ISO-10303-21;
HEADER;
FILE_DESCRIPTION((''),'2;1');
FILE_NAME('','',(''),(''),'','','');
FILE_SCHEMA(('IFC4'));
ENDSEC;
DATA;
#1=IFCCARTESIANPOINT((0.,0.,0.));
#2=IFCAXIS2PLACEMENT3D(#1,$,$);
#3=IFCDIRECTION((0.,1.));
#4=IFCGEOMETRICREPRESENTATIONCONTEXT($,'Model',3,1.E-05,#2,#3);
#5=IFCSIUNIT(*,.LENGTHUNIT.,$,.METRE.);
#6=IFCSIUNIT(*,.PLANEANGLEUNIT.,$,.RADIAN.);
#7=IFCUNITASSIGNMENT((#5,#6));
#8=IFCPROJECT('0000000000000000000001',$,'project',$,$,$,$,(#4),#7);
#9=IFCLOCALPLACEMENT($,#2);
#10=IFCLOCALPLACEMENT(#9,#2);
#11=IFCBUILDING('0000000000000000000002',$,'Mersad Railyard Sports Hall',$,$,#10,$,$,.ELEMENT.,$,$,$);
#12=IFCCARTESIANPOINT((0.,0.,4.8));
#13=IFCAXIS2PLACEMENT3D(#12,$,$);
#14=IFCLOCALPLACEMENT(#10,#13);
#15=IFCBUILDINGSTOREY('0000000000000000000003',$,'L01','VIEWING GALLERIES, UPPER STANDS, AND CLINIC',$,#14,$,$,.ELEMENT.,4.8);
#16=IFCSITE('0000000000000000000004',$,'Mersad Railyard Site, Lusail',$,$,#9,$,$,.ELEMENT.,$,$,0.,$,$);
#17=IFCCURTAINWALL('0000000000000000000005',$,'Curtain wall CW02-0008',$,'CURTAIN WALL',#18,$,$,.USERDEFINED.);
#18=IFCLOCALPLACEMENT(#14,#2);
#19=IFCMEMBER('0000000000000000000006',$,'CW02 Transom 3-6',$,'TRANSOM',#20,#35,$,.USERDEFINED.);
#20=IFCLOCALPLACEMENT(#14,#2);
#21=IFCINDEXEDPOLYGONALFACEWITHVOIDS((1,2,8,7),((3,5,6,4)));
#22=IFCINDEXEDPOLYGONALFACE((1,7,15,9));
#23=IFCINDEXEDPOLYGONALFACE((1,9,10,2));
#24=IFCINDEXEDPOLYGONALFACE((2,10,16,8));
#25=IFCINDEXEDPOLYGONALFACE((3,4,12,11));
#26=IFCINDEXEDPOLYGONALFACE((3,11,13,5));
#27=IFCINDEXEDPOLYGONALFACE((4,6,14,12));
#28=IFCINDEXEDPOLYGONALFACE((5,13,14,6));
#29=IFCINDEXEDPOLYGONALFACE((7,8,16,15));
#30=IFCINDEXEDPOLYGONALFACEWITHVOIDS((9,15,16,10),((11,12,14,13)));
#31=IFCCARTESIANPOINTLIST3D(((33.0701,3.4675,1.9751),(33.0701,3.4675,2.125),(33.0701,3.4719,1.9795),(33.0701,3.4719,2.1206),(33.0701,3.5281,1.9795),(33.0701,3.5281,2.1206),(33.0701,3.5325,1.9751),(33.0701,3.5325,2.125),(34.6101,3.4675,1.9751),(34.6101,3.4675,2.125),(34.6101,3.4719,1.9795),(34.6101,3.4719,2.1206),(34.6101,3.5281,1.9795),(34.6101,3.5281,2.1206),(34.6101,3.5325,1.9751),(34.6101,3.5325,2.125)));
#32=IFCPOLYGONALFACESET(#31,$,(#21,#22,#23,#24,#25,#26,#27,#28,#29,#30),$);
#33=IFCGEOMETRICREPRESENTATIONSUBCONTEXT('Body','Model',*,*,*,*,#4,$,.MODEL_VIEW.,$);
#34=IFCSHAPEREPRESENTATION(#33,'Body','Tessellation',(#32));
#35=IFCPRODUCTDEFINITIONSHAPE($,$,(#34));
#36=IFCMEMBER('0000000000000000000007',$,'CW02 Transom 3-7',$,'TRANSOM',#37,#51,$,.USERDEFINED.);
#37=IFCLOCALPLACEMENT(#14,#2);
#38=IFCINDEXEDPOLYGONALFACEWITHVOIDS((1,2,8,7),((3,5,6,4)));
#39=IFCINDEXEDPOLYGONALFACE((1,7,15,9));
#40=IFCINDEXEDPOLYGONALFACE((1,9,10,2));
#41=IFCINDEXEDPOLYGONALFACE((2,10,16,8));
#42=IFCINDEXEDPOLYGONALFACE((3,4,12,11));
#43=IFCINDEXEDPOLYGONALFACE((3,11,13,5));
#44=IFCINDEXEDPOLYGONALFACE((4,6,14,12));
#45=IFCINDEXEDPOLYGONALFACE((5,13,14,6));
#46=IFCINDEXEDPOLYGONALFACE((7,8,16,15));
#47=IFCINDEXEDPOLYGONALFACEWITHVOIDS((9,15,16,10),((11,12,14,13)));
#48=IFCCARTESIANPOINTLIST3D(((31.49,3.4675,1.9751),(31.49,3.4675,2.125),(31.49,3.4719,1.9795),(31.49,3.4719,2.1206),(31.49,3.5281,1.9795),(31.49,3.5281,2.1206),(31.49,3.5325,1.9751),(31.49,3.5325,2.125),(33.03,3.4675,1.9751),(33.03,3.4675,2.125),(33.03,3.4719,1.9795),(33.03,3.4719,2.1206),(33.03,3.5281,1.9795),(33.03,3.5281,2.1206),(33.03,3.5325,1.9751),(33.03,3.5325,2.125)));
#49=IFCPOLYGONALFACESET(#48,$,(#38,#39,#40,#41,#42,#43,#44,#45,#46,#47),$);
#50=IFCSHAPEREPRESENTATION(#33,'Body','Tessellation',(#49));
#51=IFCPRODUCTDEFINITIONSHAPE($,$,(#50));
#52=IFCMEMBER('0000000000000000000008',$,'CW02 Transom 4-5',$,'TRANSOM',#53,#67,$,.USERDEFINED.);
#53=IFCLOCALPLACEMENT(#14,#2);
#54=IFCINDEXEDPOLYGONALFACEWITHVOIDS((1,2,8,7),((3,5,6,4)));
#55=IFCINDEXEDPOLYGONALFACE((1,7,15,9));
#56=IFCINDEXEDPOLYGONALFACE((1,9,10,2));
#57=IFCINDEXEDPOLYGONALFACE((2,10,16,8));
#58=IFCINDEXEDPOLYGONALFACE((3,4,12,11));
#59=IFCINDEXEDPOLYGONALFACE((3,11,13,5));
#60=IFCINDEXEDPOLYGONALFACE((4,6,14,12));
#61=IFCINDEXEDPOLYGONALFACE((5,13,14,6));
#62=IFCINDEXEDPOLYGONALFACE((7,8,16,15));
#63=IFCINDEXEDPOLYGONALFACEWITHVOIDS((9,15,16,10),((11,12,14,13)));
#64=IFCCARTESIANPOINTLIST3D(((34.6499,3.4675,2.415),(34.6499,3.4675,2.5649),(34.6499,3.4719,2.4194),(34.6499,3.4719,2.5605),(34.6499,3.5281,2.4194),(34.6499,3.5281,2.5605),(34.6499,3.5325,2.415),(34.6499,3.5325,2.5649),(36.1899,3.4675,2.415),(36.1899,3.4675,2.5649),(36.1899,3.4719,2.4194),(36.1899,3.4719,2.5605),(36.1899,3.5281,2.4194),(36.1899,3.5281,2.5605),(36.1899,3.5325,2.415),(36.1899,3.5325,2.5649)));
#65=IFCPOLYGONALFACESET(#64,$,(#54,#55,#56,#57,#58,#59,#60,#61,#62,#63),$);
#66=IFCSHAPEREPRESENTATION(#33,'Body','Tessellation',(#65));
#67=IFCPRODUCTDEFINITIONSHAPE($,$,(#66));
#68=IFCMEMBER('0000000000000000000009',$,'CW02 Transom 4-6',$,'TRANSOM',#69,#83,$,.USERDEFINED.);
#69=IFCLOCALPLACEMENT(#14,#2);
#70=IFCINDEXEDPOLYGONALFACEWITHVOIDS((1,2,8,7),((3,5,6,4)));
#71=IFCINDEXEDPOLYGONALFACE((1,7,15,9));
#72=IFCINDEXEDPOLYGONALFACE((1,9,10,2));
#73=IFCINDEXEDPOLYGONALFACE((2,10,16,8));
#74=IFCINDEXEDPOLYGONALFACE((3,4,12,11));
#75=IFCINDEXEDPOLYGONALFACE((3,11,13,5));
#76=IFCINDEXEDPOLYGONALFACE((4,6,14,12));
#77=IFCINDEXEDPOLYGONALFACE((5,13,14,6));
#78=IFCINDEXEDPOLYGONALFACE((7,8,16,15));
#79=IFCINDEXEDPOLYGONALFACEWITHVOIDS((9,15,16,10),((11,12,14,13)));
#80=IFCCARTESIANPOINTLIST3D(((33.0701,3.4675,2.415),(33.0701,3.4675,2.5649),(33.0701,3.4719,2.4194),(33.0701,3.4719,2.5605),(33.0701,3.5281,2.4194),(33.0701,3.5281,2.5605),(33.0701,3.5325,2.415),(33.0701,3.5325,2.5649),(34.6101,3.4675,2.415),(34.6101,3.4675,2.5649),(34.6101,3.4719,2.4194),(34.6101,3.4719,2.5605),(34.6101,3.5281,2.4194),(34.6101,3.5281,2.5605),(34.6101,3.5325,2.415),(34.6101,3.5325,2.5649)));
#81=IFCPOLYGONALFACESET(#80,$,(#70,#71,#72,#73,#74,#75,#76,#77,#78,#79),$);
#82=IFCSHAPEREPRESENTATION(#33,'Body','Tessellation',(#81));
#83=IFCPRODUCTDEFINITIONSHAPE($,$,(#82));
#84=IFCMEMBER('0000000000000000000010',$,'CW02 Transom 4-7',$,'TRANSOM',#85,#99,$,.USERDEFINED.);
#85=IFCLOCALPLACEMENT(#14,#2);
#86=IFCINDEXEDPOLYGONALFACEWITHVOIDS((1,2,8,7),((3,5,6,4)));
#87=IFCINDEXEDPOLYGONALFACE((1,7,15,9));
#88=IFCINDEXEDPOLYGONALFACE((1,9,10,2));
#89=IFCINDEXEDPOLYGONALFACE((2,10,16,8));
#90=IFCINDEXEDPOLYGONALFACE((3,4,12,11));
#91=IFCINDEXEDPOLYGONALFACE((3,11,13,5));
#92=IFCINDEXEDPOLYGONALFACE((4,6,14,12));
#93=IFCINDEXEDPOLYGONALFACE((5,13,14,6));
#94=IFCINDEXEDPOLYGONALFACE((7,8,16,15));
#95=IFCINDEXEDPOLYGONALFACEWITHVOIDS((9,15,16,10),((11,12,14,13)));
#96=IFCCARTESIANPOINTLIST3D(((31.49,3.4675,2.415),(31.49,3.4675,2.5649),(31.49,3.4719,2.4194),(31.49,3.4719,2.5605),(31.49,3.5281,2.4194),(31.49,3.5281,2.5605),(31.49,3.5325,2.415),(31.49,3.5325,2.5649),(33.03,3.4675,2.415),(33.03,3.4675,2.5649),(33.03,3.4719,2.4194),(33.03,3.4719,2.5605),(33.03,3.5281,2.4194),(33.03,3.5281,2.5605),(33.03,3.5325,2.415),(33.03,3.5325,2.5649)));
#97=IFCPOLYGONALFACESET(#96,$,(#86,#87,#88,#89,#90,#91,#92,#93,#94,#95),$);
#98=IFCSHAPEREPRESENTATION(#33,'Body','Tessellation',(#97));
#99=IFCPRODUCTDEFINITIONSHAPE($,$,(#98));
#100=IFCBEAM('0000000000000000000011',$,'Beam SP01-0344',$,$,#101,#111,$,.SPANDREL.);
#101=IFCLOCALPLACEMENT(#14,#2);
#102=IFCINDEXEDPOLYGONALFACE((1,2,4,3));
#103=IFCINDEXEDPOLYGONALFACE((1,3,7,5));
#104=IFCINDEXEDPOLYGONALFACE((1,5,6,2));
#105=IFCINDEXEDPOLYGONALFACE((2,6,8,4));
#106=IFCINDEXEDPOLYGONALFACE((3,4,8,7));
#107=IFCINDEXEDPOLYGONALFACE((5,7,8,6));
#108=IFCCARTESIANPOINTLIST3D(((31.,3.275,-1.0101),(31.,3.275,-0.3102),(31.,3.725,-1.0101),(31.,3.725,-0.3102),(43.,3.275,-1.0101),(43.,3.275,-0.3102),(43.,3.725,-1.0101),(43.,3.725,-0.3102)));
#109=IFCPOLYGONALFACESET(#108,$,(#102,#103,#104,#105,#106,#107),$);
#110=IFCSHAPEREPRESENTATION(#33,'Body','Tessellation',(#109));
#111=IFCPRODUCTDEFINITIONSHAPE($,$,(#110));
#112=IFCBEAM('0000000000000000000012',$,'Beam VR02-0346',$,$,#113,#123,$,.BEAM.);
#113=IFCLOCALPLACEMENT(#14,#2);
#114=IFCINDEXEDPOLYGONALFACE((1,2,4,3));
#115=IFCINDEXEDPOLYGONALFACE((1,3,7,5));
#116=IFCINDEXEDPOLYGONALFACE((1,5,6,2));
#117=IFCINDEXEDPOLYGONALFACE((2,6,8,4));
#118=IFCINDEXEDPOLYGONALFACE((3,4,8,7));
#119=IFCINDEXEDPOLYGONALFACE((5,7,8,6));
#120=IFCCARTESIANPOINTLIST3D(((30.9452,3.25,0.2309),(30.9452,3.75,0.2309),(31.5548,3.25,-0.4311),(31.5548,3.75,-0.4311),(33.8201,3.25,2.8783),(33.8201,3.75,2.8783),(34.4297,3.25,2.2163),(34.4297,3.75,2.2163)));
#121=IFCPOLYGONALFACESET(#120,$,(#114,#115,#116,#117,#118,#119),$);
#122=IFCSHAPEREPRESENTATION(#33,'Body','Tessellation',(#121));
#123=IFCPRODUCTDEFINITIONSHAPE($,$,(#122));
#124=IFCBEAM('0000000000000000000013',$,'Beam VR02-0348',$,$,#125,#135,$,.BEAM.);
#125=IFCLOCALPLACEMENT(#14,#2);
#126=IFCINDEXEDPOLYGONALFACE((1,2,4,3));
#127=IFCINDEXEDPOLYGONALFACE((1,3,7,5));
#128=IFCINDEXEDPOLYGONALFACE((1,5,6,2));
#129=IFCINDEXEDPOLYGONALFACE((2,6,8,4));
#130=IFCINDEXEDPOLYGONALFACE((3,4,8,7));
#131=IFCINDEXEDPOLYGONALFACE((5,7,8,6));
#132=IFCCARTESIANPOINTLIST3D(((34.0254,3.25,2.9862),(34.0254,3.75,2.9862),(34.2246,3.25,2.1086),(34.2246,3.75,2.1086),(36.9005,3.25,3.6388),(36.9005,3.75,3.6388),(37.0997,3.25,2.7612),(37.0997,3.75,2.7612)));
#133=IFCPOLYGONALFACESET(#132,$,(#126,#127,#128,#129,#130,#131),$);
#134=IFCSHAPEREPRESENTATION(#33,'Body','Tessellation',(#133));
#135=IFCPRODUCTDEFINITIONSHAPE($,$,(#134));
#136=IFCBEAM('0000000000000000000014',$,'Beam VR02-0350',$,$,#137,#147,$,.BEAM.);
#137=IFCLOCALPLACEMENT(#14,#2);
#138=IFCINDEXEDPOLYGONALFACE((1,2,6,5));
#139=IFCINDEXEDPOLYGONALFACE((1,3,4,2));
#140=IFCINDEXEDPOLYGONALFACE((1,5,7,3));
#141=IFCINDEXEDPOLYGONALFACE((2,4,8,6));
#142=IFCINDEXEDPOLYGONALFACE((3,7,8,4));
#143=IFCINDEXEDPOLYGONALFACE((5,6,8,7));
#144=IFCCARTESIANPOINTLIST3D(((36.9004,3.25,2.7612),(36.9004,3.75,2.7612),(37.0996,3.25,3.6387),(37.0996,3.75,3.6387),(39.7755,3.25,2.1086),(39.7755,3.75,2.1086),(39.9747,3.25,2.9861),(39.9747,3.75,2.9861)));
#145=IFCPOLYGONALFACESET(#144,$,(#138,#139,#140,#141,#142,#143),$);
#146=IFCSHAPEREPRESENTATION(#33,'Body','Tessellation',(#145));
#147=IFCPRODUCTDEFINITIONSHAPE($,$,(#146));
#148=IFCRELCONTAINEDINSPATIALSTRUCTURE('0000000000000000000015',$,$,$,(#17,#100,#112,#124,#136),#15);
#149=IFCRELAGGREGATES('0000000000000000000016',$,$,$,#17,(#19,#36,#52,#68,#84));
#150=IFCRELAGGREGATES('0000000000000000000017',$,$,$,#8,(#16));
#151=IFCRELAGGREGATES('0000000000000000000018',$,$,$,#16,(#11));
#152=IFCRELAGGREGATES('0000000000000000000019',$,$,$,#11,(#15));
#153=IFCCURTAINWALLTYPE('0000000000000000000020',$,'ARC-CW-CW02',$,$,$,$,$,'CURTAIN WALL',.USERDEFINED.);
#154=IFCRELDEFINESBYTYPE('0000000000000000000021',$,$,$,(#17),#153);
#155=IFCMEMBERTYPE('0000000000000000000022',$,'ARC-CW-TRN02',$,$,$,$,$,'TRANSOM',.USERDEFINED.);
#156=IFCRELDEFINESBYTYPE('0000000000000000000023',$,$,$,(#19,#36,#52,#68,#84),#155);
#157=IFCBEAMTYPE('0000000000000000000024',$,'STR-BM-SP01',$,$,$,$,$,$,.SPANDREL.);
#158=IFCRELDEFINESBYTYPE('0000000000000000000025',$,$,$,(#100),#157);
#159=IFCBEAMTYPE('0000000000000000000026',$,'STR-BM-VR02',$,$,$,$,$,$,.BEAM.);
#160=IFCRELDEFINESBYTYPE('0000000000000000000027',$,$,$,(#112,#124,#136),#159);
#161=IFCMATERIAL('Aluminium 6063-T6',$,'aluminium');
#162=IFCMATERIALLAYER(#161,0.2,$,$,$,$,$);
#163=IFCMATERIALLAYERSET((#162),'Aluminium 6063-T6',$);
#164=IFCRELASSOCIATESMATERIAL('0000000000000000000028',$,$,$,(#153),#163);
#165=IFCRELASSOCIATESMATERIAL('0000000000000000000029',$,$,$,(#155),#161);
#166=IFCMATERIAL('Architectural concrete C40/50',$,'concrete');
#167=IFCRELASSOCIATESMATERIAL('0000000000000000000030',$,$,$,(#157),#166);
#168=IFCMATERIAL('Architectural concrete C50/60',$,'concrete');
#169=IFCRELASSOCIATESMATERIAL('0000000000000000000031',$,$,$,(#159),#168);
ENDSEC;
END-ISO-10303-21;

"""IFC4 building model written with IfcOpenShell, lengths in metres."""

from ifc_helpers import new_model, si_unit, direction, frame, origin, origin_2d, place, context, subcontext, project, spatial, rectangle, hollow_rectangle, extrude, material, layer, layer_set, material_profile, profile_set, type_object, element, aggregate, save


model = new_model("IFC4")

# Units and contexts
model_context = context("Model", 3, precision=1e-05, world=origin(), true_north=direction((0.0, 1.0)))
body_context = subcontext(model_context, "Body", "Model", "MODEL_VIEW")
ifc_project = project(units=[si_unit("LENGTHUNIT", "METRE"), si_unit("PLANEANGLEUNIT", "RADIAN")], contexts=[model_context])

# Site, building, storey
site_placement = place(None, origin())
site = spatial("IfcSite", under=ifc_project, at=site_placement, Name="Mersad Railyard Site, Lusail", CompositionType="ELEMENT", RefElevation=0.0)
building_placement = place(site_placement, origin())
building = spatial("IfcBuilding", under=site, at=building_placement, Name="Mersad Railyard Sports Hall", CompositionType="ELEMENT")
storey_placement = place(building_placement, frame((0.0, 0.0, 4.8)))
storey = spatial("IfcBuildingStorey", under=building, at=storey_placement, Name="L01", Description="VIEWING GALLERIES, UPPER STANDS, AND CLINIC", CompositionType="ELEMENT", Elevation=4.8)

# Curtain wall, members
ifc_material_1 = material(Name="Aluminium 6063-T6", Category="aluminium")
ifc_layer_1 = layer(ifc_material_1, 0.2)
ifc_layer_set_1 = layer_set([ifc_layer_1], Name="Aluminium 6063-T6")
curtain_wall_type = type_object("IfcCurtainWallType", Name="ARC-CW-CW02", ElementType="CURTAIN WALL", PredefinedType="USERDEFINED", material=ifc_layer_set_1)
curtain_wall_placement = place(storey_placement, origin())
curtain_wall = element("IfcCurtainWall", 1, at=curtain_wall_placement, inside=storey, type_object=curtain_wall_type, Name="Curtain wall CW02-0008", ObjectType="CURTAIN WALL", PredefinedType="USERDEFINED")
ifc_material_profile_1 = material_profile(ifc_material_1, hollow_rectangle(XDim=0.0649, YDim=0.1499, WallThickness=0.0044, at=origin_2d()), Name="AL TRANSOM 65x150x4.5")
ifc_profile_set_1 = profile_set([ifc_material_profile_1], Name="Aluminium 6063-T6")
member_type_1 = type_object("IfcMemberType", Name="ARC-CW-TRN02", ElementType="TRANSOM", PredefinedType="USERDEFINED", material=ifc_profile_set_1)
member_1_placement = place(storey_placement, frame((34.6101, 3.5, 2.05), z_axis=(-1.0, 0.0, 0.0), x_axis=(0.0, -1.0, 0.0)))
member_1 = element("IfcMember", 2, at=member_1_placement, type_object=member_type_1, Name="CW02 Transom 3-6", ObjectType="TRANSOM", PredefinedType="USERDEFINED", context=body_context, shape_type="SweptSolid", body=[
    extrude(hollow_rectangle(XDim=0.0649, YDim=0.1499, WallThickness=0.0044, at=origin_2d()), origin(), (0.0, 0.0, 1.0), 1.54),
])
member_2_placement = place(storey_placement, frame((33.03, 3.5, 2.05), z_axis=(-1.0, 0.0, 0.0), x_axis=(0.0, -1.0, 0.0)))
member_2 = element("IfcMember", 3, at=member_2_placement, type_object=member_type_1, Name="CW02 Transom 3-7", ObjectType="TRANSOM", PredefinedType="USERDEFINED", context=body_context, shape_type="SweptSolid", body=[
    extrude(hollow_rectangle(XDim=0.0649, YDim=0.1499, WallThickness=0.0044, at=origin_2d()), origin(), (0.0, 0.0, 1.0), 1.54),
])
member_3_placement = place(storey_placement, frame((36.1899, 3.5, 2.49), z_axis=(-1.0, 0.0, 0.0), x_axis=(0.0, -1.0, 0.0)))
member_3 = element("IfcMember", 4, at=member_3_placement, type_object=member_type_1, Name="CW02 Transom 4-5", ObjectType="TRANSOM", PredefinedType="USERDEFINED", context=body_context, shape_type="SweptSolid", body=[
    extrude(hollow_rectangle(XDim=0.0649, YDim=0.1499, WallThickness=0.0044, at=origin_2d()), origin(), (0.0, 0.0, 1.0), 1.54),
])
member_4_placement = place(storey_placement, frame((34.6101, 3.5, 2.49), z_axis=(-1.0, 0.0, 0.0), x_axis=(0.0, -1.0, 0.0)))
member_4 = element("IfcMember", 5, at=member_4_placement, type_object=member_type_1, Name="CW02 Transom 4-6", ObjectType="TRANSOM", PredefinedType="USERDEFINED", context=body_context, shape_type="SweptSolid", body=[
    extrude(hollow_rectangle(XDim=0.0649, YDim=0.1499, WallThickness=0.0044, at=origin_2d()), origin(), (0.0, 0.0, 1.0), 1.54),
])
member_5_placement = place(storey_placement, frame((33.03, 3.5, 2.49), z_axis=(-1.0, 0.0, 0.0), x_axis=(0.0, -1.0, 0.0)))
member_5 = element("IfcMember", 6, at=member_5_placement, type_object=member_type_1, Name="CW02 Transom 4-7", ObjectType="TRANSOM", PredefinedType="USERDEFINED", context=body_context, shape_type="SweptSolid", body=[
    extrude(hollow_rectangle(XDim=0.0649, YDim=0.1499, WallThickness=0.0044, at=origin_2d()), origin(), (0.0, 0.0, 1.0), 1.54),
])

# Beams
ifc_material_2 = material(Name="Architectural concrete C40/50", Category="concrete")
ifc_material_profile_2 = material_profile(ifc_material_2, rectangle(XDim=0.45, YDim=0.7, at=origin_2d()), Name="RC 450x700")
ifc_profile_set_2 = profile_set([ifc_material_profile_2], Name="Architectural concrete C40/50")
beam_type_1 = type_object("IfcBeamType", Name="STR-BM-SP01", PredefinedType="SPANDREL", material=ifc_profile_set_2)
beam_1_placement = place(storey_placement, frame((31.0, 3.5, -0.6602), z_axis=(1.0, 0.0, 0.0), x_axis=(0.0, 1.0, 0.0)))
element("IfcBeam", 7, at=beam_1_placement, inside=storey, type_object=beam_type_1, Name="Beam SP01-0344", PredefinedType="SPANDREL", context=body_context, shape_type="SweptSolid", body=[
    extrude(rectangle(XDim=0.45, YDim=0.7, at=origin_2d()), origin(), (0.0, 0.0, 1.0), 12.0),
])
ifc_material_3 = material(Name="Architectural concrete C50/60", Category="concrete")
ifc_material_profile_3 = material_profile(ifc_material_3, rectangle(XDim=0.5, YDim=0.8999, at=origin_2d()), Name="VR 500x900")
ifc_profile_set_3 = profile_set([ifc_material_profile_3], Name="Architectural concrete C50/60")
beam_type_2 = type_object("IfcBeamType", Name="STR-BM-VR02", PredefinedType="BEAM", material=ifc_profile_set_3)
beam_2_placement = place(storey_placement, frame((31.25, 3.5, -0.1001), z_axis=(0.735617, 0.0, 0.677397), x_axis=(0.0, 1.0, 0.0)))
element("IfcBeam", 8, at=beam_2_placement, inside=storey, type_object=beam_type_2, Name="Beam VR02-0346", PredefinedType="BEAM", context=body_context, shape_type="SweptSolid", body=[
    extrude(rectangle(XDim=0.5, YDim=0.8999, at=origin_2d()), origin(), (0.0, 0.0, 1.0), 3.9082),
])
for number, where, z_axis, x_axis, name in (
    (9, (34.125, 3.5, 2.5474), (0.975193, 0.0, 0.221356), (0.0, 1.0, 0.0), "Beam VR02-0348"),
    (10, (37.0, 3.5, 3.2), (0.975193, 0.0, -0.221356), (0.0, 1.0, 0.0), "Beam VR02-0350"),
):
    element("IfcBeam", number, at=place(storey_placement, frame(where, z_axis=z_axis, x_axis=x_axis)), inside=storey, type_object=beam_type_2, Name=name, PredefinedType="BEAM", context=body_context, shape_type="SweptSolid", body=[
        extrude(rectangle(XDim=0.5, YDim=0.8999, at=origin_2d()), origin(), (0.0, 0.0, 1.0), 2.9482),
    ])

aggregate(curtain_wall, [member_1, member_2, member_3, member_4, member_5])

save(model, "model.ifc")
